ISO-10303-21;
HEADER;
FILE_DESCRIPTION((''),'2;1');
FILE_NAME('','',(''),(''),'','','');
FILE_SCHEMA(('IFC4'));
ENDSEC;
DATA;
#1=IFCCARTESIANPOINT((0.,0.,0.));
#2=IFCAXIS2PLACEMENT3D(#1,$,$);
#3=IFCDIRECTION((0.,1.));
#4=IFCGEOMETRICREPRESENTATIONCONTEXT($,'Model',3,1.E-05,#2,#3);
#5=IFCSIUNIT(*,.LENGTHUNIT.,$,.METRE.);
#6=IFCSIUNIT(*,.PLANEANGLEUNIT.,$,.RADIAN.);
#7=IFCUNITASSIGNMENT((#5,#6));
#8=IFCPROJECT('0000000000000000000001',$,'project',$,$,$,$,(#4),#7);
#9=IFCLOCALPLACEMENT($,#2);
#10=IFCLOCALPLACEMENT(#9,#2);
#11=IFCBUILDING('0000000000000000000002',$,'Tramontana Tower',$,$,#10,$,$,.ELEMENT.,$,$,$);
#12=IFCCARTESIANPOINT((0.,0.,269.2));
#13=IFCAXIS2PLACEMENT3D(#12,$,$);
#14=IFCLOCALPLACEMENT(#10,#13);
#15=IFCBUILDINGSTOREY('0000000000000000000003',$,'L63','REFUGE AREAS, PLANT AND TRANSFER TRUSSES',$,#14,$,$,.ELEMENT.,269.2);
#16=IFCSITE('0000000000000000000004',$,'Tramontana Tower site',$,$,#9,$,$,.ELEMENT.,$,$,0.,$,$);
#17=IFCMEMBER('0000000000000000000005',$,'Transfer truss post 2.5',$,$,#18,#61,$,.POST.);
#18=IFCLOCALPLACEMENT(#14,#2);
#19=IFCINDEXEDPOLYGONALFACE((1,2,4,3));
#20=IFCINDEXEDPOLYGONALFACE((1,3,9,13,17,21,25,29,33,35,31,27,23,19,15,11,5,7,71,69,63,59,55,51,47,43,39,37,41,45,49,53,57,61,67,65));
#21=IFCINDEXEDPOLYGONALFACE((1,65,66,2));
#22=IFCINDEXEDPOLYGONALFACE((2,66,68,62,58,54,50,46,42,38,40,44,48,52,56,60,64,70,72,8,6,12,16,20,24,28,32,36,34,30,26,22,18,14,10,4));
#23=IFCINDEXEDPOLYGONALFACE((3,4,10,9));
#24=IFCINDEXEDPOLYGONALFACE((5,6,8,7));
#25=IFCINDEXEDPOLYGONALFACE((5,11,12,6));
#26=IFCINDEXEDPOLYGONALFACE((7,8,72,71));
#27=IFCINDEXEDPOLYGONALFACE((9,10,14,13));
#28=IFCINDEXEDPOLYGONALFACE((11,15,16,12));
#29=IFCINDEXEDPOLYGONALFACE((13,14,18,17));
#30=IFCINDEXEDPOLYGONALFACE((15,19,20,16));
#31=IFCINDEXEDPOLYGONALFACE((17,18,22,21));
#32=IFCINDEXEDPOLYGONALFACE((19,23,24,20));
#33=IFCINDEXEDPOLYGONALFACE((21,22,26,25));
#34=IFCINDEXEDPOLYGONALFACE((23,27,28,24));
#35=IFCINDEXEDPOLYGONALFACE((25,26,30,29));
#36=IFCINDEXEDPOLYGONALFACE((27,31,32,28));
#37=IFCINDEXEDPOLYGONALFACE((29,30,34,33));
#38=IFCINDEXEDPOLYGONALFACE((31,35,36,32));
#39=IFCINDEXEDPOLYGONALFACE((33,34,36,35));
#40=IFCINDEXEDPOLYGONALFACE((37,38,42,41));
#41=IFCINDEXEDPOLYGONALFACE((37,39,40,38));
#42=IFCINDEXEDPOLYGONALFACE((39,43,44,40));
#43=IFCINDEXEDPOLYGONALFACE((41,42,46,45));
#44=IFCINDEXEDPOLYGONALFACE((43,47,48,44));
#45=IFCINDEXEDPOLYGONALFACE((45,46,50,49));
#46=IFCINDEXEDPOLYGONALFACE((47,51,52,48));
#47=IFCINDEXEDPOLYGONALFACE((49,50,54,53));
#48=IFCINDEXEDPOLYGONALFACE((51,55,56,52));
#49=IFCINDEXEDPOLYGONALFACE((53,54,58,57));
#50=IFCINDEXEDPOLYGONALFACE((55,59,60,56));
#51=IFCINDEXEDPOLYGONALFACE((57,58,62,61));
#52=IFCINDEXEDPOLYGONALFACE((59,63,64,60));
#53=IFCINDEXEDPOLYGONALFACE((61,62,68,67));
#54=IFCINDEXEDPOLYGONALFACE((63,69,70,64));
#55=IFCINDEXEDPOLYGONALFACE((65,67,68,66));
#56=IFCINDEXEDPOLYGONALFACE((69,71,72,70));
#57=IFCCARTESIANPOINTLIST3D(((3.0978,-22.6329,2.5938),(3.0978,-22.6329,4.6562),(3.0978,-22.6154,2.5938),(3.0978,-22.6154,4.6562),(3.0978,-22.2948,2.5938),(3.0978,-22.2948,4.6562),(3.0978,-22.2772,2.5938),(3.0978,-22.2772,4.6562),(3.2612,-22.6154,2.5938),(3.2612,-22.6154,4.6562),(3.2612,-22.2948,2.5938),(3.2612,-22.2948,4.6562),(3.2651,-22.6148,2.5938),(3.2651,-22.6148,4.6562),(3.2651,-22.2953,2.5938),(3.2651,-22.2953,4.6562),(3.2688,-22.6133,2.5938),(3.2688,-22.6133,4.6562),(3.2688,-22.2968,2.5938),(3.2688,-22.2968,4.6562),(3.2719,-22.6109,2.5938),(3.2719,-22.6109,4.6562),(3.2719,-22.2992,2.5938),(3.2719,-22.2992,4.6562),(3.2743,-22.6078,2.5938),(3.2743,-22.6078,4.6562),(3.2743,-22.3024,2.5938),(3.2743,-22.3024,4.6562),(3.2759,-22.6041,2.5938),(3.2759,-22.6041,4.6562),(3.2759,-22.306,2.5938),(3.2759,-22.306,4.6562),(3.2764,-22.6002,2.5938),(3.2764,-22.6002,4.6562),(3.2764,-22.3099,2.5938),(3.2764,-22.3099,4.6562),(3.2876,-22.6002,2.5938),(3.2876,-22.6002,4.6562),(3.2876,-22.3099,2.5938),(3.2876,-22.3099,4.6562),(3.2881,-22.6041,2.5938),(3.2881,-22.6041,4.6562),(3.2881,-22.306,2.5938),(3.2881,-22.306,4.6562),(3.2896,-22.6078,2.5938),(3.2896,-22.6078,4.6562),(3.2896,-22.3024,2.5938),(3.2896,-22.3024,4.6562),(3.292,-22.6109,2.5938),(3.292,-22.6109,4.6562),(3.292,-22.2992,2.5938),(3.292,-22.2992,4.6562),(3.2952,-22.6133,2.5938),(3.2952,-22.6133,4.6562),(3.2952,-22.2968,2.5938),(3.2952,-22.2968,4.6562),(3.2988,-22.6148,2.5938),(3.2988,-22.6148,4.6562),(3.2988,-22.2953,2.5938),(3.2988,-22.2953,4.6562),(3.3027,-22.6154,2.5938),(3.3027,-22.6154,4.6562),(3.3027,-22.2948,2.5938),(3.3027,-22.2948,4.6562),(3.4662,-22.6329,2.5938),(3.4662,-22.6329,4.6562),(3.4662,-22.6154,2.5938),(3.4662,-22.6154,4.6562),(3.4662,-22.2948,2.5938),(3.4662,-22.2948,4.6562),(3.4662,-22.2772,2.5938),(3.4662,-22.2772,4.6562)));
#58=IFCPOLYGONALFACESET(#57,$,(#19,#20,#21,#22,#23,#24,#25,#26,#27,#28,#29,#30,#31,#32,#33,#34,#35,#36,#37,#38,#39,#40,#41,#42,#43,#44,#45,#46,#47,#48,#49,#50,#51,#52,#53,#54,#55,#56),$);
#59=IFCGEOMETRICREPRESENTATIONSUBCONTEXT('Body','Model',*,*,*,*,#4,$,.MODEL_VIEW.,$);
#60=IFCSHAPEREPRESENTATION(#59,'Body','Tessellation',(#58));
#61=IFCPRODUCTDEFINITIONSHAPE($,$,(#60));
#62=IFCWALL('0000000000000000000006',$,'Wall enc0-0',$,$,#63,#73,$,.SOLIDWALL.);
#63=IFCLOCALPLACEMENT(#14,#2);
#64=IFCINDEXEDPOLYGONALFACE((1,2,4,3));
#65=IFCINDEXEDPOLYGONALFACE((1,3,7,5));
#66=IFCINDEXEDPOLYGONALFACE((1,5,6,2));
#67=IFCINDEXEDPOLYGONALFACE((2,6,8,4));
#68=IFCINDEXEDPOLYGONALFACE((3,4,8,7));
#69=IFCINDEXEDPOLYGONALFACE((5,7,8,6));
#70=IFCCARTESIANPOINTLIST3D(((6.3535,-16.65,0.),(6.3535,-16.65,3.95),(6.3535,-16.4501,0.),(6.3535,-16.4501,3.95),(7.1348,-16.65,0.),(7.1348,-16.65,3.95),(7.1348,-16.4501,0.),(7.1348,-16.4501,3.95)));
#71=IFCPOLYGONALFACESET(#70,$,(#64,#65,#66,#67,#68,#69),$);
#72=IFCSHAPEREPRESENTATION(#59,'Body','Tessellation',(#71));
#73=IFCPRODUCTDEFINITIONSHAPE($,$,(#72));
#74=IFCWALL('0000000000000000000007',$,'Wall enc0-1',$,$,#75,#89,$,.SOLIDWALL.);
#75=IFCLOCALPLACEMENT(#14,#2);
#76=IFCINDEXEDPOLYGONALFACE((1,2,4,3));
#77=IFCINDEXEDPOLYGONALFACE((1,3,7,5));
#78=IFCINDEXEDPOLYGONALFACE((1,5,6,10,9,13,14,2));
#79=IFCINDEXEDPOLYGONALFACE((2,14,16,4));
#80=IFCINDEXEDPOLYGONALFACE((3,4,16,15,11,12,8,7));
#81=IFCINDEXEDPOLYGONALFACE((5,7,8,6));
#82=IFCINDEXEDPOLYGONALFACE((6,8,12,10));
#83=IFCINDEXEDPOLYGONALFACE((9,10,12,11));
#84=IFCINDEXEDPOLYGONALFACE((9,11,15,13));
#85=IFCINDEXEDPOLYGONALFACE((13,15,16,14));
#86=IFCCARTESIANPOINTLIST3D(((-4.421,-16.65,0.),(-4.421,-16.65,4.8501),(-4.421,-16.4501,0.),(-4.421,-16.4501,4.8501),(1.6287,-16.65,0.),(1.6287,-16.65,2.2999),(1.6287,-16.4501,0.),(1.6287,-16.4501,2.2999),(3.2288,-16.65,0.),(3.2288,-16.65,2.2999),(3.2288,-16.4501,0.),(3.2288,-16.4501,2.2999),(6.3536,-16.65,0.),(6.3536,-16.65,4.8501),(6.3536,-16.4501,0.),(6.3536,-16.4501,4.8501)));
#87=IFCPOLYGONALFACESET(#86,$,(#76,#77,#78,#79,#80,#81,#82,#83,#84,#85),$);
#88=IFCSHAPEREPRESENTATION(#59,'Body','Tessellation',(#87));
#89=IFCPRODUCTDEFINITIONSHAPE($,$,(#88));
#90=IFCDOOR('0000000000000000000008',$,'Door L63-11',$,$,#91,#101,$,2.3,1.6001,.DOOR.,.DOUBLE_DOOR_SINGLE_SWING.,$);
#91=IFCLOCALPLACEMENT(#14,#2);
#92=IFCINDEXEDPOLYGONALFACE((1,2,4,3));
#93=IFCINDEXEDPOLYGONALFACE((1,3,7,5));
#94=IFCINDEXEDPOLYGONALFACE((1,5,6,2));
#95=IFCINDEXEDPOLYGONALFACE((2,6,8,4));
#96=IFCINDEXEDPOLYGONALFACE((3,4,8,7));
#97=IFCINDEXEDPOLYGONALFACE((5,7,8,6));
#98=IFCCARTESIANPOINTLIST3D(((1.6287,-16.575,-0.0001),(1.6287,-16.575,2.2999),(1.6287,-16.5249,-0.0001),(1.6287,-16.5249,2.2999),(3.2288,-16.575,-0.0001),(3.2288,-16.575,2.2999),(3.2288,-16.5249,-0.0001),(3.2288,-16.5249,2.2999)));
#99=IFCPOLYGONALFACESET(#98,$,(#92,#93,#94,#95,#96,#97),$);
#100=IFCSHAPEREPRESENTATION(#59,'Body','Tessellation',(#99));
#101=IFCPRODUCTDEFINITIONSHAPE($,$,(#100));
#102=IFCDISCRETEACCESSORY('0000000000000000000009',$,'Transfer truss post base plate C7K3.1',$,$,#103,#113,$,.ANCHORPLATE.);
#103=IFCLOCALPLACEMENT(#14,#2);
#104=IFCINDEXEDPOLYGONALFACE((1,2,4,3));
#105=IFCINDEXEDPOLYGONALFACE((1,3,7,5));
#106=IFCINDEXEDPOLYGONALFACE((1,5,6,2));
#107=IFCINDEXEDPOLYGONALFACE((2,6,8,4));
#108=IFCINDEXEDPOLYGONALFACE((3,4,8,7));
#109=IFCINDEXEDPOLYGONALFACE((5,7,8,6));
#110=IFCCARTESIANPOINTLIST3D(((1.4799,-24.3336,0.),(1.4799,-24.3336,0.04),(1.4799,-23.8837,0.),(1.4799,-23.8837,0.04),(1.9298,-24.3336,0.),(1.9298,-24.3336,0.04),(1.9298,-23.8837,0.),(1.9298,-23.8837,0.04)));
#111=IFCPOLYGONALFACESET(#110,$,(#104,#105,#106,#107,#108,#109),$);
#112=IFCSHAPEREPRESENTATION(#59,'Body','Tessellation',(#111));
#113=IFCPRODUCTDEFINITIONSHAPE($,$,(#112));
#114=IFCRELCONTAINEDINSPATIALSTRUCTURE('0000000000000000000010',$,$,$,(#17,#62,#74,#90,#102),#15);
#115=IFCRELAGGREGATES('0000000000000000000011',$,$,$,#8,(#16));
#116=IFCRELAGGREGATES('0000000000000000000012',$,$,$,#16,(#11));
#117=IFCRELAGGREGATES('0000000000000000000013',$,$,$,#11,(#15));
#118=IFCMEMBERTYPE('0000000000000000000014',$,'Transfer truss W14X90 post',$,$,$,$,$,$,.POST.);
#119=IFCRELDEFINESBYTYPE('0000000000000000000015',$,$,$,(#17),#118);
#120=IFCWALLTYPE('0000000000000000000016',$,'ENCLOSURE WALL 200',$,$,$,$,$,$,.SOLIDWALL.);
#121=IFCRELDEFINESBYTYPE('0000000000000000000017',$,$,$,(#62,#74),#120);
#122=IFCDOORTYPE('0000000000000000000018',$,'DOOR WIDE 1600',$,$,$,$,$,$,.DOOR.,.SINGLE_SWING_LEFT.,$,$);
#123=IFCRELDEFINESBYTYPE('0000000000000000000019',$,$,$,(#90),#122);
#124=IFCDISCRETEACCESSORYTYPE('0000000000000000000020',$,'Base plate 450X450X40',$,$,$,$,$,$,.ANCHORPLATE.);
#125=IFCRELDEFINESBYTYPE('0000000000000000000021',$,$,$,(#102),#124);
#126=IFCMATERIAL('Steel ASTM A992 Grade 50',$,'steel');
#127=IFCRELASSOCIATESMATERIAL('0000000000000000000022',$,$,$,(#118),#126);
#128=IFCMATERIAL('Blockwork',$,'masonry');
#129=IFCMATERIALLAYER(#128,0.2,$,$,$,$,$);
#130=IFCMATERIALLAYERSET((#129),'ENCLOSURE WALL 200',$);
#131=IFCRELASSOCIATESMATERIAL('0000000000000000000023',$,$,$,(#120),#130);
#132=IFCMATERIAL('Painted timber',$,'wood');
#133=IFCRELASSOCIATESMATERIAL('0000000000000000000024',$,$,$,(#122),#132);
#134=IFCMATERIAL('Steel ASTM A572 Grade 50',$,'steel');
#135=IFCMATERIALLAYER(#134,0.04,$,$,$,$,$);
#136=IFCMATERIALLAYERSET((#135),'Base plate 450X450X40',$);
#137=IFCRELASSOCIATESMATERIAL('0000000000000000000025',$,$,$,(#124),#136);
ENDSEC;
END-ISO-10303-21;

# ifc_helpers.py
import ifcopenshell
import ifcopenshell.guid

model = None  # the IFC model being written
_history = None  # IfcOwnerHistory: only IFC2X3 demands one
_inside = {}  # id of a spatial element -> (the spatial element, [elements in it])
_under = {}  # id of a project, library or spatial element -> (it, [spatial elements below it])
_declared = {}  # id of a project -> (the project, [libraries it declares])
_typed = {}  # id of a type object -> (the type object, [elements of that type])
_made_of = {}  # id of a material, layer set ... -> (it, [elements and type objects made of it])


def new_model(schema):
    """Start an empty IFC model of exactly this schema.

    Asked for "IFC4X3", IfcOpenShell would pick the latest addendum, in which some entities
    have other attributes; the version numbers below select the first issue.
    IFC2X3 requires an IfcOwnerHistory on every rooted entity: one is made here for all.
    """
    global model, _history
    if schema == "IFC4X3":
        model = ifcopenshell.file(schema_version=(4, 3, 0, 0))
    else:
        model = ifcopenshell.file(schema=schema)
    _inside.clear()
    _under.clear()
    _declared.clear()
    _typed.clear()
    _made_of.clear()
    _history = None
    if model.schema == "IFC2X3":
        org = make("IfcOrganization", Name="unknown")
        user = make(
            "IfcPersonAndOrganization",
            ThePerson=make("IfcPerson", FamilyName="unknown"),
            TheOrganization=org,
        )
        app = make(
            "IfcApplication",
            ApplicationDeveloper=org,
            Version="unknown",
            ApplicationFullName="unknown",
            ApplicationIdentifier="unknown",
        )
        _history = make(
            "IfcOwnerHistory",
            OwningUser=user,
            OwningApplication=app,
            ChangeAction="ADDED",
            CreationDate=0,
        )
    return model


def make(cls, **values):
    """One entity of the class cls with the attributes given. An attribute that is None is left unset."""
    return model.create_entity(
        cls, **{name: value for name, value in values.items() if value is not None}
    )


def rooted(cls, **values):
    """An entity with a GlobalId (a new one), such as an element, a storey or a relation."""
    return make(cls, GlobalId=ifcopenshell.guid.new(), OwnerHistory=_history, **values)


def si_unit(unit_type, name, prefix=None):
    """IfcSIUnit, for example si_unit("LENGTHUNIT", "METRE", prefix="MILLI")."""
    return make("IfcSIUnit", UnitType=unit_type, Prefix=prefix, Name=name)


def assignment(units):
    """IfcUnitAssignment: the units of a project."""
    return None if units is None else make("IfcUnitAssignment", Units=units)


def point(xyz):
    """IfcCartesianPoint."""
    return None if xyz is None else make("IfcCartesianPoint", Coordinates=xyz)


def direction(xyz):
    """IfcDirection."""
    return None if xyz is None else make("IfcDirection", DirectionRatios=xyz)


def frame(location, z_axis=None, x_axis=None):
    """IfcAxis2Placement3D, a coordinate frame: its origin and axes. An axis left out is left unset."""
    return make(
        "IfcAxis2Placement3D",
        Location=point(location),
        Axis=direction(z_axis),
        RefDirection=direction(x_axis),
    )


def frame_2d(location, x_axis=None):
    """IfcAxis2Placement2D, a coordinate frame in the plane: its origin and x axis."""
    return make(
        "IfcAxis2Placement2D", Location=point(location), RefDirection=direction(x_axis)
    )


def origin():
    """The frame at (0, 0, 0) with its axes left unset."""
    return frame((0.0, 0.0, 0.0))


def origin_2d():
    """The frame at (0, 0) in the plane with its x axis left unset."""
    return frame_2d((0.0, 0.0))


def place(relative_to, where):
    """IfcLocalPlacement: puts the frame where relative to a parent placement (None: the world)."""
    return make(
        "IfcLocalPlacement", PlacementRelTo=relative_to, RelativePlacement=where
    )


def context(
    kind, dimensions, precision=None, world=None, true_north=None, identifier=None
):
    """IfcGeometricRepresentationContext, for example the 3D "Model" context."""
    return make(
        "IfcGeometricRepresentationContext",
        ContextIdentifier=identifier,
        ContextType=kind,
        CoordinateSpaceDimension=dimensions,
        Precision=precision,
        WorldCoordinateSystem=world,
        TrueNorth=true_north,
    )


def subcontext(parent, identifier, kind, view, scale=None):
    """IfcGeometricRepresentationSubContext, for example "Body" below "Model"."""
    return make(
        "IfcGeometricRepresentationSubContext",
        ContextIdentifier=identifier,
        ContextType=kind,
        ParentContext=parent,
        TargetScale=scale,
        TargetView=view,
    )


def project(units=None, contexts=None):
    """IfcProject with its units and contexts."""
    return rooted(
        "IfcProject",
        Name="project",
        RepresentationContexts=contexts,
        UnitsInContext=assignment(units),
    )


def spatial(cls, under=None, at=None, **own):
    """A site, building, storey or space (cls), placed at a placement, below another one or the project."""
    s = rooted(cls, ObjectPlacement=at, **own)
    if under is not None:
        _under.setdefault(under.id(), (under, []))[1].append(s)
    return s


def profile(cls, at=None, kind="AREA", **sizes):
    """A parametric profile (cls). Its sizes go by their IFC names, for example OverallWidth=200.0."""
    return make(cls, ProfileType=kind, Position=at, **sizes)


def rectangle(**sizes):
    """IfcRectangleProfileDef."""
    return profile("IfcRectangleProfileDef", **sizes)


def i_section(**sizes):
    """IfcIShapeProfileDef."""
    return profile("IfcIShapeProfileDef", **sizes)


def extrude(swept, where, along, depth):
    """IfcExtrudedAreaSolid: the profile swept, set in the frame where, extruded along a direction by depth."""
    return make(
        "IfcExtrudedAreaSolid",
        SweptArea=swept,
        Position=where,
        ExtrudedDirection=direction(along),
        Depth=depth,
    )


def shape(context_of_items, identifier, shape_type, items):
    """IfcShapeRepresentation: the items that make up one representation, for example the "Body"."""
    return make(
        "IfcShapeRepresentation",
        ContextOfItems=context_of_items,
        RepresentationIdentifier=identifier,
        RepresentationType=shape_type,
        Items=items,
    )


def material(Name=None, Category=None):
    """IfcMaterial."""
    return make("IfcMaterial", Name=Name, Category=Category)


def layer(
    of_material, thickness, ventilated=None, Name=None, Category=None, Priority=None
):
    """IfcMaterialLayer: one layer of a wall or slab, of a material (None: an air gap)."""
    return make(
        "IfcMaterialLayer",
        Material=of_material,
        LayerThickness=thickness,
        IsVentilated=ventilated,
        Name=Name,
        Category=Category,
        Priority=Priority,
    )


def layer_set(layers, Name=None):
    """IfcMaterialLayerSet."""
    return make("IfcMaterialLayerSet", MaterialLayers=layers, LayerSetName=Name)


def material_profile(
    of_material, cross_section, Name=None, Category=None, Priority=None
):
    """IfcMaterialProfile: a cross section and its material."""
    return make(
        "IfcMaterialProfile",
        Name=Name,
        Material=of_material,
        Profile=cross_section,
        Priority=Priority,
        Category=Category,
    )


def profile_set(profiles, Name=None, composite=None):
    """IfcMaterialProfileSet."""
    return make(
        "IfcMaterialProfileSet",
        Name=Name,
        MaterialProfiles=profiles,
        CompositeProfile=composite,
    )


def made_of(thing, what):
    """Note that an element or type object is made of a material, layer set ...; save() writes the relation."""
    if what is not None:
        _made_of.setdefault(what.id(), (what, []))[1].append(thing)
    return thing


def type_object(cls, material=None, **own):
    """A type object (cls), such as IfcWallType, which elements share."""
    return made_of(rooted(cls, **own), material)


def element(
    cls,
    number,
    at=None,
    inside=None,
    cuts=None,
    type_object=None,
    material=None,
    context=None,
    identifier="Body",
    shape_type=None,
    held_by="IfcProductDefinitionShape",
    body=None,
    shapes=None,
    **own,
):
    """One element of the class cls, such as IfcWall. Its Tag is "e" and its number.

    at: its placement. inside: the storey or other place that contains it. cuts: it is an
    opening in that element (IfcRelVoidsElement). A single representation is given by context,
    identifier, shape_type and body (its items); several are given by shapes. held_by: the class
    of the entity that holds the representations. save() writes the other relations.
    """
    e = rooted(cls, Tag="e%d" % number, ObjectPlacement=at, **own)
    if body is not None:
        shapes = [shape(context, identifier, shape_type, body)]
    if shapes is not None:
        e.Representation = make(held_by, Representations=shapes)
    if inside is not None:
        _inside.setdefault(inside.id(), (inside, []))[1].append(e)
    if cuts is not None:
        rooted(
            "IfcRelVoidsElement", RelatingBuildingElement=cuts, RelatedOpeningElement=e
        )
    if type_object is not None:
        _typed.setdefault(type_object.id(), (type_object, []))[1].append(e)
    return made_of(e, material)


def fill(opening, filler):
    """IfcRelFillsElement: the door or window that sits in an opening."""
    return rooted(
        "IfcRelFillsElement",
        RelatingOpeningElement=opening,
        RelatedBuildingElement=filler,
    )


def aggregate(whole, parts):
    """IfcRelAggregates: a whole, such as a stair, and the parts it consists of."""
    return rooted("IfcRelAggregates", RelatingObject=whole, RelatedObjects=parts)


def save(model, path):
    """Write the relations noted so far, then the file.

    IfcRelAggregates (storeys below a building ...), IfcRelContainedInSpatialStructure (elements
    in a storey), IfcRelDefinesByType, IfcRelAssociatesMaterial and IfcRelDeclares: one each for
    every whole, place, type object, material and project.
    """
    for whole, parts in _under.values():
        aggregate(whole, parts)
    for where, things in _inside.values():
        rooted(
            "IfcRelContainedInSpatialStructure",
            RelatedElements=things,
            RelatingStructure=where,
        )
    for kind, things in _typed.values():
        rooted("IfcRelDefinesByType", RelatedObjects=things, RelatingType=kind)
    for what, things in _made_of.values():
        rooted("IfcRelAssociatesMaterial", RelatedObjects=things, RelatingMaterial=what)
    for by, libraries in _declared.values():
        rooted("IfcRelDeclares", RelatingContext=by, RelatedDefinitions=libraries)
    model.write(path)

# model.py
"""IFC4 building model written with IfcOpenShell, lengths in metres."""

from ifc_helpers import new_model, si_unit, direction, frame, frame_2d, origin, origin_2d, place, context, subcontext, project, spatial, rectangle, i_section, extrude, material, layer, layer_set, material_profile, profile_set, type_object, element, fill, save


model = new_model("IFC4")

# Units and contexts
model_context = context("Model", 3, precision=1e-05, world=origin(), true_north=direction((0.0, 1.0)))
body_context = subcontext(model_context, "Body", "Model", "MODEL_VIEW")
ifc_project = project(units=[si_unit("LENGTHUNIT", "METRE"), si_unit("PLANEANGLEUNIT", "RADIAN")], contexts=[model_context])

# Site, building, storey
site_placement = place(None, origin())
site = spatial("IfcSite", under=ifc_project, at=site_placement, Name="Tramontana Tower site", CompositionType="ELEMENT", RefElevation=0.0)
building_placement = place(site_placement, origin())
building = spatial("IfcBuilding", under=site, at=building_placement, Name="Tramontana Tower", CompositionType="ELEMENT")
storey_placement = place(building_placement, frame((0.0, 0.0, 269.2)))
storey = spatial("IfcBuildingStorey", under=building, at=storey_placement, Name="L63", Description="REFUGE AREAS, PLANT AND TRANSFER TRUSSES", CompositionType="ELEMENT", Elevation=269.2)

# Member
ifc_material_1 = material(Name="Steel ASTM A992 Grade 50", Category="steel")
ifc_material_profile_1 = material_profile(ifc_material_1, i_section(OverallWidth=0.3684, OverallDepth=0.3557, WebThickness=0.0112, FlangeThickness=0.0176, FilletRadius=0.0151, at=origin_2d()), Name="W14X90")
ifc_profile_set_1 = profile_set([ifc_material_profile_1], Name="Steel ASTM A992 Grade 50")
member_type_1 = type_object("IfcMemberType", Name="Transfer truss W14X90 post", PredefinedType="POST", material=ifc_profile_set_1)
for number, where, z_axis, x_axis, name in (
    (1, (3.282, -22.4551, 2.5938), (0.0, 0.0, 1.0), (1.0, 0.0, 0.0), "Transfer truss post 2.5"),
):
    element("IfcMember", number, at=place(storey_placement, frame(where, z_axis=z_axis, x_axis=x_axis)), inside=storey, type_object=member_type_1, Name=name, PredefinedType="POST", context=body_context, shape_type="SweptSolid", body=[
        extrude(i_section(OverallWidth=0.3684, OverallDepth=0.3557, WebThickness=0.0112, FlangeThickness=0.0176, FilletRadius=0.0151, at=origin_2d()), origin(), (0.0, 0.0, 1.0), 2.0625),
    ])

# Wall
ifc_material_2 = material(Name="Blockwork", Category="masonry")
ifc_layer_1 = layer(ifc_material_2, 0.2)
ifc_layer_set_1 = layer_set([ifc_layer_1], Name="ENCLOSURE WALL 200")
wall_type = type_object("IfcWallType", Name="ENCLOSURE WALL 200", PredefinedType="SOLIDWALL", material=ifc_layer_set_1)
wall_1_placement = place(storey_placement, frame((7.1348, -16.55, 0.0), z_axis=(0.0, 0.0, 1.0), x_axis=(-1.0, 0.0, 0.0)))
element("IfcWall", 2, at=wall_1_placement, inside=storey, type_object=wall_type, Name="Wall enc0-0", PredefinedType="SOLIDWALL", context=body_context, shape_type="SweptSolid", body=[
    extrude(rectangle(XDim=0.7812, YDim=0.2, at=frame_2d((0.3906, 0.0))), origin(), (0.0, 0.0, 1.0), 3.95),
])

# Wall, opening, door
wall_2_placement = place(storey_placement, frame((6.3535, -16.55, 0.0), z_axis=(0.0, 0.0, 1.0), x_axis=(-1.0, 0.0, 0.0)))
wall_2 = element("IfcWall", 3, at=wall_2_placement, inside=storey, type_object=wall_type, Name="Wall enc0-1", PredefinedType="SOLIDWALL", context=body_context, shape_type="SweptSolid", body=[
    extrude(rectangle(XDim=10.7747, YDim=0.2, at=frame_2d((5.3872, 0.0))), origin(), (0.0, 0.0, 1.0), 4.8501),
])
opening_placement = place(wall_2_placement, frame((3.1248, 0.0, 0.0)))
opening = element("IfcOpeningElement", 4, at=opening_placement, cuts=wall_2, PredefinedType="OPENING", context=body_context, shape_type="SweptSolid", body=[
    extrude(rectangle(XDim=1.6001, YDim=2.3, at=frame_2d((0.8, 1.1499))), frame((0.0, 0.1099, 0.0), z_axis=(0.0, -1.0, 0.0), x_axis=(1.0, 0.0, 0.0)), (0.0, 0.0, 1.0), 0.22),
])
ifc_material_3 = material(Name="Painted timber", Category="wood")
door_type = type_object("IfcDoorType", Name="DOOR WIDE 1600", OperationType="SINGLE_SWING_LEFT", PredefinedType="DOOR", material=ifc_material_3)
door_placement = place(opening_placement, origin())
door = element("IfcDoor", 5, at=door_placement, inside=storey, type_object=door_type, Name="Door L63-11", OperationType="DOUBLE_DOOR_SINGLE_SWING", OverallHeight=2.3, OverallWidth=1.6001, PredefinedType="DOOR", context=body_context, shape_type="SweptSolid", body=[
    extrude(rectangle(XDim=1.6001, YDim=2.3, at=frame_2d((0.8, 1.1499))), frame((0.0, 0.0249, 0.0), z_axis=(0.0, -1.0, 0.0), x_axis=(1.0, 0.0, 0.0)), (0.0, 0.0, 1.0), 0.05),
])
fill(opening, door)

# Discrete accessory
ifc_material_4 = material(Name="Steel ASTM A572 Grade 50", Category="steel")
ifc_layer_2 = layer(ifc_material_4, 0.04)
ifc_layer_set_2 = layer_set([ifc_layer_2], Name="Base plate 450X450X40")
discrete_accessory_type = type_object("IfcDiscreteAccessoryType", Name="Base plate 450X450X40", PredefinedType="ANCHORPLATE", material=ifc_layer_set_2)
discrete_accessory_placement = place(storey_placement, frame((1.7048, -24.1086, 0.0), z_axis=(0.0, 0.0, 1.0), x_axis=(1.0, 0.0, 0.0)))
element("IfcDiscreteAccessory", 6, at=discrete_accessory_placement, inside=storey, type_object=discrete_accessory_type, Name="Transfer truss post base plate C7K3.1", PredefinedType="ANCHORPLATE", context=body_context, shape_type="SweptSolid", body=[
    extrude(rectangle(XDim=0.45, YDim=0.45, at=origin_2d()), origin(), (0.0, 0.0, 1.0), 0.04),
])

save(model, "model.ifc")
